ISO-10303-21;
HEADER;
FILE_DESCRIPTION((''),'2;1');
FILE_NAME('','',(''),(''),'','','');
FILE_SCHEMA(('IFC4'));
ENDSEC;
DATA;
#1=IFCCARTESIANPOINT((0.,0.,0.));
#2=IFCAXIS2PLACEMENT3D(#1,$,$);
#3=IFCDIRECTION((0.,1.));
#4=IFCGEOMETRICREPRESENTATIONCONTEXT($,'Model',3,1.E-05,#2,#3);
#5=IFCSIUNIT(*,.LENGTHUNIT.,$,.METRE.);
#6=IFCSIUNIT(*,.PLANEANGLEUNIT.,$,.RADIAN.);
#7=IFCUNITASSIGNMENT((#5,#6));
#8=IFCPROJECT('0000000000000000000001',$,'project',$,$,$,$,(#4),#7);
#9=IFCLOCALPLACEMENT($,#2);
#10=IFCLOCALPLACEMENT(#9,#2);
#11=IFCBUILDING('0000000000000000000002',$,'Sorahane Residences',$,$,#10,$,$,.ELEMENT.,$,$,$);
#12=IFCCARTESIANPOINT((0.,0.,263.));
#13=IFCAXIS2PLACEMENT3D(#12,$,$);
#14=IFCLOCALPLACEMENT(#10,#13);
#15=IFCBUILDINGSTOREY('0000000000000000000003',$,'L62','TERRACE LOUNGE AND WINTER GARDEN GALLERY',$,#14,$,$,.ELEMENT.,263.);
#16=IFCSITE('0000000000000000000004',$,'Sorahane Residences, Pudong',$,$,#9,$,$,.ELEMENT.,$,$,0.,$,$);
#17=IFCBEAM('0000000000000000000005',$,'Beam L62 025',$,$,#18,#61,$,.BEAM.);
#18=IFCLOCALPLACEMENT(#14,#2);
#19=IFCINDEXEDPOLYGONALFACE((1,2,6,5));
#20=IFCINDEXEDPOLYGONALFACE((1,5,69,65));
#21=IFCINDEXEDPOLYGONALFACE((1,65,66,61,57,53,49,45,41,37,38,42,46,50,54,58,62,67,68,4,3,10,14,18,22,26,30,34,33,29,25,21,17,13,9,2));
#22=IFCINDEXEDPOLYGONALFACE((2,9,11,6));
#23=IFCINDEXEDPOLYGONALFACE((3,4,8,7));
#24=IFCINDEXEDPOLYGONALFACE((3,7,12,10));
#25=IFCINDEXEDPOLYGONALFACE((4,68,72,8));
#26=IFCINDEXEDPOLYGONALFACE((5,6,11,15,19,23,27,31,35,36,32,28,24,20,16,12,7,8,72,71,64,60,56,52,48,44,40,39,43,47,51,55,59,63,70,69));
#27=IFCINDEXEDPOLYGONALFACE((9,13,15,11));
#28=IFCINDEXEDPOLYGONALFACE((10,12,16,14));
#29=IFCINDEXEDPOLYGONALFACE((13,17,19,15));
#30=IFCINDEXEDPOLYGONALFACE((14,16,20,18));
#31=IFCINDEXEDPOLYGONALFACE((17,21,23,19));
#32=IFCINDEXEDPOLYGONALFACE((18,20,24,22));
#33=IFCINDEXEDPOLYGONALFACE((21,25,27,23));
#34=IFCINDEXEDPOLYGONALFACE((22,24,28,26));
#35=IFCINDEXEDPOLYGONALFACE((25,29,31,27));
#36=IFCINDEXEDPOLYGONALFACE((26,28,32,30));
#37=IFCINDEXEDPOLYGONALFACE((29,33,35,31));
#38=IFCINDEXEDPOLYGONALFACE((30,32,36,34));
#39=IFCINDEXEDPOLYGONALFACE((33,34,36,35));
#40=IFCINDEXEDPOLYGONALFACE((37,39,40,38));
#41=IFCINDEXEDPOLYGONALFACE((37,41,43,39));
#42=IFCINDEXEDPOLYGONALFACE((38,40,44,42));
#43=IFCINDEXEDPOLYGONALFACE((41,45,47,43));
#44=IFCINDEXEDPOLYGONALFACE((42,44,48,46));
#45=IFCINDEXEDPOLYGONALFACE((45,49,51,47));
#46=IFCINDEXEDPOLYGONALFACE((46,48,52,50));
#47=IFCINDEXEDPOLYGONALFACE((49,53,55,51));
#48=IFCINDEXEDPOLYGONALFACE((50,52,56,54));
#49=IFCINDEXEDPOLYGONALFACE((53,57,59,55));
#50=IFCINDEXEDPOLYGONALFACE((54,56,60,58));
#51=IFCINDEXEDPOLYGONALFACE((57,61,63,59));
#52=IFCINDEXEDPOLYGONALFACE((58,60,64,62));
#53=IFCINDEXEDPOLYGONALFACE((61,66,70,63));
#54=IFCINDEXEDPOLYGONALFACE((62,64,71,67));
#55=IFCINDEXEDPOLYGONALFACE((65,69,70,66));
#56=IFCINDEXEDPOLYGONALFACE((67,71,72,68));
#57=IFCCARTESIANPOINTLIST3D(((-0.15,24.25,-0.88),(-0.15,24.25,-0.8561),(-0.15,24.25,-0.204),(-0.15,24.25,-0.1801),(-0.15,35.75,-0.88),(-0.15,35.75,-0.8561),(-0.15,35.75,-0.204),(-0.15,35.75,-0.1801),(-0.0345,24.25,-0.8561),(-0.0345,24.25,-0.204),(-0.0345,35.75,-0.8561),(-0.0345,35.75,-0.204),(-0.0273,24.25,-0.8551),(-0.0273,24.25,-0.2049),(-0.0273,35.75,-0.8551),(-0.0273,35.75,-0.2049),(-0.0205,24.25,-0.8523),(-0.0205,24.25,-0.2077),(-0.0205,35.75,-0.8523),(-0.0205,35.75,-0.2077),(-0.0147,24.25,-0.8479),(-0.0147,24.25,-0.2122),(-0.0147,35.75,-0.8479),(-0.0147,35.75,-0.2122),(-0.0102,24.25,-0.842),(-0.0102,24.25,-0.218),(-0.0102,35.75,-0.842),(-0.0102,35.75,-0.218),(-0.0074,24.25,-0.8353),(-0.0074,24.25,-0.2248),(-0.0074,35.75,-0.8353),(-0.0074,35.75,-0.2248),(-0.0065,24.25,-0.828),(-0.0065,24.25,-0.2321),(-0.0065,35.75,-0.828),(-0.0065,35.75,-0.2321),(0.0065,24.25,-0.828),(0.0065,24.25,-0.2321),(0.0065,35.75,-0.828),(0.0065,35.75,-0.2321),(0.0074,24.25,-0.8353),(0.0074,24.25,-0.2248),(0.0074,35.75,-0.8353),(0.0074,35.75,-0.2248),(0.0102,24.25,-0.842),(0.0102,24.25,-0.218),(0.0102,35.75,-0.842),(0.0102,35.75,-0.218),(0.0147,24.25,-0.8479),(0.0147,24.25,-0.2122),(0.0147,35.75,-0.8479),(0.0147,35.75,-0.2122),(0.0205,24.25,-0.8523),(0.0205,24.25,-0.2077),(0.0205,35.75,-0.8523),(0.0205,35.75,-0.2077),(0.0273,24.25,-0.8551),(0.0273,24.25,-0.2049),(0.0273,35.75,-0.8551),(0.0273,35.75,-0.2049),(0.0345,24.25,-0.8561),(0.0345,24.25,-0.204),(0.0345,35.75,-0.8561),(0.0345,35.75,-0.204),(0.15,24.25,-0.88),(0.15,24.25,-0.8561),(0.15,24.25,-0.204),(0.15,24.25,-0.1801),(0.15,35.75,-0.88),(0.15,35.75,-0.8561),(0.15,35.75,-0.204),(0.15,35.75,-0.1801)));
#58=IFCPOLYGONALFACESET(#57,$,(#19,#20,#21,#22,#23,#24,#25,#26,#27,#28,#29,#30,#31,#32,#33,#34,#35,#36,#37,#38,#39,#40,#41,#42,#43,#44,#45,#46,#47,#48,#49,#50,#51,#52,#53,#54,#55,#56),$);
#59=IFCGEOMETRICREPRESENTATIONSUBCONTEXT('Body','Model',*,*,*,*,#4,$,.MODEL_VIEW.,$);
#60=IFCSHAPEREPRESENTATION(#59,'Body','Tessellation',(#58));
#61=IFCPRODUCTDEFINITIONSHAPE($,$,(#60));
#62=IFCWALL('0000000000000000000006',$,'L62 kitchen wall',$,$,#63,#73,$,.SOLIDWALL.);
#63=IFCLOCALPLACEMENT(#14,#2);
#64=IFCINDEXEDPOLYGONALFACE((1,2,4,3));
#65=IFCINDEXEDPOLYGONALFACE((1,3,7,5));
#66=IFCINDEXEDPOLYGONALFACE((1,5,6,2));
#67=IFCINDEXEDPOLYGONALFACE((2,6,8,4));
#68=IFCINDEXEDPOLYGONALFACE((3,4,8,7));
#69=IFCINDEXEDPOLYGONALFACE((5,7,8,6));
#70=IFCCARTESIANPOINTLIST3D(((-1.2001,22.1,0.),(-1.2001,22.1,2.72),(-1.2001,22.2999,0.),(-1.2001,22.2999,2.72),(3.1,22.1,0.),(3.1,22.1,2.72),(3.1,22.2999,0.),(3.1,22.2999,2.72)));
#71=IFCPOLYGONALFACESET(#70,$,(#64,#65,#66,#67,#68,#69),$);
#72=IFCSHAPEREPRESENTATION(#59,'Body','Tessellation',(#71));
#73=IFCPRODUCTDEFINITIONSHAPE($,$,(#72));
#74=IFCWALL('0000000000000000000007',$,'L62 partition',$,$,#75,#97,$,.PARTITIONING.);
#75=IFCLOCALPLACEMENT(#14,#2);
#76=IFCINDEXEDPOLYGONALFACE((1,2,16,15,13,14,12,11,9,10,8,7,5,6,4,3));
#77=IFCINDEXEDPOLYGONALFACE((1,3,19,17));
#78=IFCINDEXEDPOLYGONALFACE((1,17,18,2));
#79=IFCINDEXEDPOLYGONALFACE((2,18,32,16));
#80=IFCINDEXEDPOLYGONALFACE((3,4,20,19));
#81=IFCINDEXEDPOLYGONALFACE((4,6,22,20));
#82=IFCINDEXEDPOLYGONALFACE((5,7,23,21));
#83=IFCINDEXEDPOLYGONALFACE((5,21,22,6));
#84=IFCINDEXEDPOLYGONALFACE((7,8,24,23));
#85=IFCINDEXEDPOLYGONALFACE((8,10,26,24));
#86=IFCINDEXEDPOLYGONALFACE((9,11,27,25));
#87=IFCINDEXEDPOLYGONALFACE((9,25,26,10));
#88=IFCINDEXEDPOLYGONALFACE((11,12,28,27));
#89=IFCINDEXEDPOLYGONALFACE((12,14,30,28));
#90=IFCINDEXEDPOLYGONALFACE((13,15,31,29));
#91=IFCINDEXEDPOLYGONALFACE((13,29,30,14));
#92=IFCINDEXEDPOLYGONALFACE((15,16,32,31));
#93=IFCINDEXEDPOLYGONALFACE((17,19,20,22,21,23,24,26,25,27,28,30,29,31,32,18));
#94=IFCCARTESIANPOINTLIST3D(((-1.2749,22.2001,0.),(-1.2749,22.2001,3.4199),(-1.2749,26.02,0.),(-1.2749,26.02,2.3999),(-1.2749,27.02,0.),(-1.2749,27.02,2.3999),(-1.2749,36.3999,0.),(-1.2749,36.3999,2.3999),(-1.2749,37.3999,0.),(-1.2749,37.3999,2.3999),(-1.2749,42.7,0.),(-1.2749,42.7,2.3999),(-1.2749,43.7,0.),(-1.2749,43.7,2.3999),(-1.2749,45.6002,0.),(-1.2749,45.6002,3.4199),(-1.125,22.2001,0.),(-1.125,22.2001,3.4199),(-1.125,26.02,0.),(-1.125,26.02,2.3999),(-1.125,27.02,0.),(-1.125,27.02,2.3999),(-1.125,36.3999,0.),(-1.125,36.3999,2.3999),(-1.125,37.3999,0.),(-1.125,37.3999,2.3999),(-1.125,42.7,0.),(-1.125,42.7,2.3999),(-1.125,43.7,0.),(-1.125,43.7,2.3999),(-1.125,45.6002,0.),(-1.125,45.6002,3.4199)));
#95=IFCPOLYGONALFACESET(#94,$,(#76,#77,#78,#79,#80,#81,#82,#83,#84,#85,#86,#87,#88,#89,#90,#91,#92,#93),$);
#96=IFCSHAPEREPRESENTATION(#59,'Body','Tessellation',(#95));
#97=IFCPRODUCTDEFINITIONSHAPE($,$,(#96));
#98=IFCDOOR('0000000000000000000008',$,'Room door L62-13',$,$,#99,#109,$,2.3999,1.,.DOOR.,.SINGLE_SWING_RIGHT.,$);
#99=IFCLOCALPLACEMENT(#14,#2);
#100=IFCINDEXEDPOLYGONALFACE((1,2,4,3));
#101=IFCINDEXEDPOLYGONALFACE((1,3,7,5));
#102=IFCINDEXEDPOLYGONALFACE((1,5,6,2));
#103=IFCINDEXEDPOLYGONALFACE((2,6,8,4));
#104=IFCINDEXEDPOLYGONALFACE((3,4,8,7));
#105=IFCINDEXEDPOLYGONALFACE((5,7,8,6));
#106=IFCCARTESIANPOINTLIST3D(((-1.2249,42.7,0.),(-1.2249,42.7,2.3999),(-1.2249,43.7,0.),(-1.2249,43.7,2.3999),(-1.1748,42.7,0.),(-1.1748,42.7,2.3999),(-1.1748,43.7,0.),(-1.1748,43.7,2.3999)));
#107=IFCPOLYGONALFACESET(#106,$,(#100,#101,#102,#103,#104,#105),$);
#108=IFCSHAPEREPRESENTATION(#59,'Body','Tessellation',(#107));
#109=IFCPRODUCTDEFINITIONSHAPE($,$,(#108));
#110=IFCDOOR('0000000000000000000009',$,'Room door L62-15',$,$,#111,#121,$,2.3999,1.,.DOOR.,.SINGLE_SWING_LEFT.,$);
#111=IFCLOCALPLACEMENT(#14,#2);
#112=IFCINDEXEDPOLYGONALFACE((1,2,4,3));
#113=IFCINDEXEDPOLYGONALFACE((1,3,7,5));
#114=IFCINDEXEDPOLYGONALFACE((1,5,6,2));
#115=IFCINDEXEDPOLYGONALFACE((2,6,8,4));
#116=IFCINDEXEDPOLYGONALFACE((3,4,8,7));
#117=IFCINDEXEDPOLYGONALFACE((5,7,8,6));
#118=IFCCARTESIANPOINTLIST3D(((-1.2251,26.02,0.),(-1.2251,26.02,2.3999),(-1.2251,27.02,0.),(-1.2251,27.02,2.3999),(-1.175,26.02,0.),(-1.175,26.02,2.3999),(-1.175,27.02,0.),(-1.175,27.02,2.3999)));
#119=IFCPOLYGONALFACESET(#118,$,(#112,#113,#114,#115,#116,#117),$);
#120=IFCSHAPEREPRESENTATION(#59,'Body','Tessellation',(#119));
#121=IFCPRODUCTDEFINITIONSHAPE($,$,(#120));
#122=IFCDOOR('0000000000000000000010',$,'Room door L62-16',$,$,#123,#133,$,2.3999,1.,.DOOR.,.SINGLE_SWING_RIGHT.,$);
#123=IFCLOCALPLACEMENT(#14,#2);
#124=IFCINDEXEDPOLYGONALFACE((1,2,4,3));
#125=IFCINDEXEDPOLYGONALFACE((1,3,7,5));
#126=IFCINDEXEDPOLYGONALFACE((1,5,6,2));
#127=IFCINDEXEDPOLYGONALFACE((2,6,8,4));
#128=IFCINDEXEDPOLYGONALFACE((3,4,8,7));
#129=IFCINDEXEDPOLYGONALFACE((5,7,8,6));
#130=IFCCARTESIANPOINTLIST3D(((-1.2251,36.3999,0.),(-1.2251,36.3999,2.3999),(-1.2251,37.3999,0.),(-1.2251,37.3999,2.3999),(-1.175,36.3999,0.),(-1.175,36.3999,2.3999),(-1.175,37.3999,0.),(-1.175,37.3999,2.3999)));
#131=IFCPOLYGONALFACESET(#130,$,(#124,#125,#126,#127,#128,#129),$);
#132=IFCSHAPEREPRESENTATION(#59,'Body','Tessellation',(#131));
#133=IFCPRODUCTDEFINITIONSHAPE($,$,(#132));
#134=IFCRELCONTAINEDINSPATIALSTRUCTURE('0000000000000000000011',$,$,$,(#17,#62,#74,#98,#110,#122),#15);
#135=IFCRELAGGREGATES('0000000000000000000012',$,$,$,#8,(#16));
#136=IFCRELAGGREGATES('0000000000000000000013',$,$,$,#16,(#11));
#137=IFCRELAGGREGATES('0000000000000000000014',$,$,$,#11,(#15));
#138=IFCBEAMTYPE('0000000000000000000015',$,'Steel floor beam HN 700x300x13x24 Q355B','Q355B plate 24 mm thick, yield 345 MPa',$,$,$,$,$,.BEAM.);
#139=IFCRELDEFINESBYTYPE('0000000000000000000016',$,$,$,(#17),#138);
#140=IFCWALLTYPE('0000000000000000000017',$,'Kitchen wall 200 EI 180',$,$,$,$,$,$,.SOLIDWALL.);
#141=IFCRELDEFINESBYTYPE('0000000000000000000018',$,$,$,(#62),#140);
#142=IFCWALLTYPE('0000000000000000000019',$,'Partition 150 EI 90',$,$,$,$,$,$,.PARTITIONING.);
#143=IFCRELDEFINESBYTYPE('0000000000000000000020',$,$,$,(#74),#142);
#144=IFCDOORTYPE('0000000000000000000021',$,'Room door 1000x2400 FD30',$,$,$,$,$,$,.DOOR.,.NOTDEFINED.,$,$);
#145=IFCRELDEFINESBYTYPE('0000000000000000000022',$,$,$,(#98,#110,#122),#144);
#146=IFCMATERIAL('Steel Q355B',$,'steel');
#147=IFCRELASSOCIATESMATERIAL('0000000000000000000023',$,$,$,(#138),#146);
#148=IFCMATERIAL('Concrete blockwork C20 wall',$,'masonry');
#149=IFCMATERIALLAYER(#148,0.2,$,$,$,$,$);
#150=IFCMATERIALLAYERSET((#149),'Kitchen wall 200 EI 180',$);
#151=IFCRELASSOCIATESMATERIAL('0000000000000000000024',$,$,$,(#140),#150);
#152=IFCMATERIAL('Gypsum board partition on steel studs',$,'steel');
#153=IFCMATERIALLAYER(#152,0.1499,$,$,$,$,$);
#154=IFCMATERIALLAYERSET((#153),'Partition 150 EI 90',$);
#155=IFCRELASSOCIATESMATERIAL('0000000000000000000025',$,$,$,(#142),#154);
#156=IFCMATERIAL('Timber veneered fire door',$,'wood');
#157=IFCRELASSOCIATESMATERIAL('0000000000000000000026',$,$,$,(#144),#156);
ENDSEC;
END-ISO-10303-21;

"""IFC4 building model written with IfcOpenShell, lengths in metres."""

from ifc_helpers import new_model, si_unit, direction, frame, frame_2d, origin, origin_2d, place, context, subcontext, project, spatial, rectangle, i_section, extrude, material, layer, layer_set, material_profile, profile_set, type_object, element, fill, save


model = new_model("IFC4")

# Units and contexts
model_context = context("Model", 3, precision=1e-05, world=origin(), true_north=direction((0.0, 1.0)))
body_context = subcontext(model_context, "Body", "Model", "MODEL_VIEW")
ifc_project = project(units=[si_unit("LENGTHUNIT", "METRE"), si_unit("PLANEANGLEUNIT", "RADIAN")], contexts=[model_context])

# Site, building, storey
site_placement = place(None, origin())
site = spatial("IfcSite", under=ifc_project, at=site_placement, Name="Sorahane Residences, Pudong", CompositionType="ELEMENT", RefElevation=0.0)
building_placement = place(site_placement, origin())
building = spatial("IfcBuilding", under=site, at=building_placement, Name="Sorahane Residences", CompositionType="ELEMENT")
storey_placement = place(building_placement, frame((0.0, 0.0, 263.0)))
storey = spatial("IfcBuildingStorey", under=building, at=storey_placement, Name="L62", Description="TERRACE LOUNGE AND WINTER GARDEN GALLERY", CompositionType="ELEMENT", Elevation=263.0)

# Beam
ifc_material_1 = material(Name="Steel Q355B", Category="steel")
ifc_material_profile_1 = material_profile(ifc_material_1, i_section(OverallWidth=0.3, OverallDepth=0.7, WebThickness=0.0129, FlangeThickness=0.0239, FilletRadius=0.0281, at=origin_2d()), Name="HN 700x300x13x24")
ifc_profile_set_1 = profile_set([ifc_material_profile_1], Name="Steel Q355B")
beam_type = type_object("IfcBeamType", Name="Steel floor beam HN 700x300x13x24 Q355B", Description="Q355B plate 24 mm thick, yield 345 MPa", PredefinedType="BEAM", material=ifc_profile_set_1)
beam_1_placement = place(storey_placement, frame((0.0, 24.25, -0.53), z_axis=(0.0, 1.0, 0.0), x_axis=(-1.0, 0.0, 0.0)))
element("IfcBeam", 1, at=beam_1_placement, inside=storey, type_object=beam_type, Name="Beam L62 025", PredefinedType="BEAM", context=body_context, shape_type="SweptSolid", body=[
    extrude(i_section(OverallWidth=0.3, OverallDepth=0.7, WebThickness=0.0129, FlangeThickness=0.0239, FilletRadius=0.0281, at=origin_2d()), origin(), (0.0, 0.0, 1.0), 11.5),
])

# Wall
ifc_material_2 = material(Name="Concrete blockwork C20 wall", Category="masonry")
ifc_layer_1 = layer(ifc_material_2, 0.2)
ifc_layer_set_1 = layer_set([ifc_layer_1], Name="Kitchen wall 200 EI 180")
wall_type_1 = type_object("IfcWallType", Name="Kitchen wall 200 EI 180", PredefinedType="SOLIDWALL", material=ifc_layer_set_1)
wall_1_placement = place(storey_placement, frame((-1.2, 22.2, 0.0), z_axis=(0.0, 0.0, 1.0), x_axis=(1.0, 0.0, 0.0)))
element("IfcWall", 2, at=wall_1_placement, inside=storey, type_object=wall_type_1, Name="L62 kitchen wall", PredefinedType="SOLIDWALL", context=body_context, shape_type="SweptSolid", body=[
    extrude(rectangle(XDim=4.3, YDim=0.2, at=frame_2d((2.1499, 0.0))), origin(), (0.0, 0.0, 1.0), 2.72),
])

# Wall, openings, doors
ifc_material_3 = material(Name="Gypsum board partition on steel studs", Category="steel")
ifc_layer_2 = layer(ifc_material_3, 0.1499)
ifc_layer_set_2 = layer_set([ifc_layer_2], Name="Partition 150 EI 90")
wall_type_2 = type_object("IfcWallType", Name="Partition 150 EI 90", PredefinedType="PARTITIONING", material=ifc_layer_set_2)
wall_2_placement = place(storey_placement, frame((-1.2, 22.2, 0.0), z_axis=(0.0, 0.0, 1.0), x_axis=(0.0, 1.0, 0.0)))
wall_2 = element("IfcWall", 3, at=wall_2_placement, inside=storey, type_object=wall_type_2, Name="L62 partition", PredefinedType="PARTITIONING", context=body_context, shape_type="SweptSolid", body=[
    extrude(rectangle(XDim=23.4001, YDim=0.1499, at=frame_2d((11.7002, 0.0))), origin(), (0.0, 0.0, 1.0), 3.4199),
])
opening_1_placement = place(wall_2_placement, frame((20.5, 0.0, 0.0)))
opening_1 = element("IfcOpeningElement", 4, at=opening_1_placement, cuts=wall_2, PredefinedType="OPENING", context=body_context, shape_type="SweptSolid", body=[
    extrude(rectangle(XDim=1.0, YDim=2.3999, at=frame_2d((0.5, 1.2))), frame((0.0, 0.085, 0.0), z_axis=(0.0, -1.0, 0.0), x_axis=(1.0, 0.0, 0.0)), (0.0, 0.0, 1.0), 0.1699),
])
opening_2_placement = place(wall_2_placement, frame((3.8201, 0.0, 0.0)))
opening_2 = element("IfcOpeningElement", 5, at=opening_2_placement, cuts=wall_2, PredefinedType="OPENING", context=body_context, shape_type="SweptSolid", body=[
    extrude(rectangle(XDim=1.0, YDim=2.3999, at=frame_2d((0.5, 1.2))), frame((0.0, 0.085, 0.0), z_axis=(0.0, -1.0, 0.0), x_axis=(1.0, 0.0, 0.0)), (0.0, 0.0, 1.0), 0.1699),
])
opening_3_placement = place(wall_2_placement, frame((14.2, 0.0, 0.0)))
opening_3 = element("IfcOpeningElement", 6, at=opening_3_placement, cuts=wall_2, PredefinedType="OPENING", context=body_context, shape_type="SweptSolid", body=[
    extrude(rectangle(XDim=1.0, YDim=2.3999, at=frame_2d((0.5, 1.2))), frame((0.0, 0.085, 0.0), z_axis=(0.0, -1.0, 0.0), x_axis=(1.0, 0.0, 0.0)), (0.0, 0.0, 1.0), 0.1699),
])
ifc_material_4 = material(Name="Timber veneered fire door", Category="wood")
door_type_1 = type_object("IfcDoorType", Name="Room door 1000x2400 FD30", OperationType="NOTDEFINED", PredefinedType="DOOR", material=ifc_material_4)
door_1_placement = place(opening_1_placement, origin())
door_1 = element("IfcDoor", 7, at=door_1_placement, inside=storey, type_object=door_type_1, Name="Room door L62-13", OperationType="SINGLE_SWING_RIGHT", OverallHeight=2.3999, OverallWidth=1.0, PredefinedType="DOOR", context=body_context, shape_type="SweptSolid", body=[
    extrude(rectangle(XDim=1.0, YDim=2.3999, at=frame_2d((0.5, 1.2))), frame((0.0, 0.0249, 0.0), z_axis=(0.0, -1.0, 0.0), x_axis=(1.0, 0.0, 0.0)), (0.0, 0.0, 1.0), 0.05),
])
fill(opening_1, door_1)
door_2_placement = place(opening_2_placement, frame((1.0, 0.0, 0.0), z_axis=(0.0, 0.0, 1.0), x_axis=(-1.0, 0.0, 0.0)))
door_2 = element("IfcDoor", 8, at=door_2_placement, inside=storey, type_object=door_type_1, Name="Room door L62-15", OperationType="SINGLE_SWING_LEFT", OverallHeight=2.3999, OverallWidth=1.0, PredefinedType="DOOR", context=body_context, shape_type="SweptSolid", body=[
    extrude(rectangle(XDim=1.0, YDim=2.3999, at=frame_2d((0.5, 1.2))), frame((0.0, 0.0249, 0.0), z_axis=(0.0, -1.0, 0.0), x_axis=(1.0, 0.0, 0.0)), (0.0, 0.0, 1.0), 0.05),
])
fill(opening_2, door_2)
door_3_placement = place(opening_3_placement, frame((1.0, 0.0, 0.0), z_axis=(0.0, 0.0, 1.0), x_axis=(-1.0, 0.0, 0.0)))
door_3 = element("IfcDoor", 9, at=door_3_placement, inside=storey, type_object=door_type_1, Name="Room door L62-16", OperationType="SINGLE_SWING_RIGHT", OverallHeight=2.3999, OverallWidth=1.0, PredefinedType="DOOR", context=body_context, shape_type="SweptSolid", body=[
    extrude(rectangle(XDim=1.0, YDim=2.3999, at=frame_2d((0.5, 1.2))), frame((0.0, 0.0249, 0.0), z_axis=(0.0, -1.0, 0.0), x_axis=(1.0, 0.0, 0.0)), (0.0, 0.0, 1.0), 0.05),
])
fill(opening_3, door_3)

save(model, "model.ifc")
